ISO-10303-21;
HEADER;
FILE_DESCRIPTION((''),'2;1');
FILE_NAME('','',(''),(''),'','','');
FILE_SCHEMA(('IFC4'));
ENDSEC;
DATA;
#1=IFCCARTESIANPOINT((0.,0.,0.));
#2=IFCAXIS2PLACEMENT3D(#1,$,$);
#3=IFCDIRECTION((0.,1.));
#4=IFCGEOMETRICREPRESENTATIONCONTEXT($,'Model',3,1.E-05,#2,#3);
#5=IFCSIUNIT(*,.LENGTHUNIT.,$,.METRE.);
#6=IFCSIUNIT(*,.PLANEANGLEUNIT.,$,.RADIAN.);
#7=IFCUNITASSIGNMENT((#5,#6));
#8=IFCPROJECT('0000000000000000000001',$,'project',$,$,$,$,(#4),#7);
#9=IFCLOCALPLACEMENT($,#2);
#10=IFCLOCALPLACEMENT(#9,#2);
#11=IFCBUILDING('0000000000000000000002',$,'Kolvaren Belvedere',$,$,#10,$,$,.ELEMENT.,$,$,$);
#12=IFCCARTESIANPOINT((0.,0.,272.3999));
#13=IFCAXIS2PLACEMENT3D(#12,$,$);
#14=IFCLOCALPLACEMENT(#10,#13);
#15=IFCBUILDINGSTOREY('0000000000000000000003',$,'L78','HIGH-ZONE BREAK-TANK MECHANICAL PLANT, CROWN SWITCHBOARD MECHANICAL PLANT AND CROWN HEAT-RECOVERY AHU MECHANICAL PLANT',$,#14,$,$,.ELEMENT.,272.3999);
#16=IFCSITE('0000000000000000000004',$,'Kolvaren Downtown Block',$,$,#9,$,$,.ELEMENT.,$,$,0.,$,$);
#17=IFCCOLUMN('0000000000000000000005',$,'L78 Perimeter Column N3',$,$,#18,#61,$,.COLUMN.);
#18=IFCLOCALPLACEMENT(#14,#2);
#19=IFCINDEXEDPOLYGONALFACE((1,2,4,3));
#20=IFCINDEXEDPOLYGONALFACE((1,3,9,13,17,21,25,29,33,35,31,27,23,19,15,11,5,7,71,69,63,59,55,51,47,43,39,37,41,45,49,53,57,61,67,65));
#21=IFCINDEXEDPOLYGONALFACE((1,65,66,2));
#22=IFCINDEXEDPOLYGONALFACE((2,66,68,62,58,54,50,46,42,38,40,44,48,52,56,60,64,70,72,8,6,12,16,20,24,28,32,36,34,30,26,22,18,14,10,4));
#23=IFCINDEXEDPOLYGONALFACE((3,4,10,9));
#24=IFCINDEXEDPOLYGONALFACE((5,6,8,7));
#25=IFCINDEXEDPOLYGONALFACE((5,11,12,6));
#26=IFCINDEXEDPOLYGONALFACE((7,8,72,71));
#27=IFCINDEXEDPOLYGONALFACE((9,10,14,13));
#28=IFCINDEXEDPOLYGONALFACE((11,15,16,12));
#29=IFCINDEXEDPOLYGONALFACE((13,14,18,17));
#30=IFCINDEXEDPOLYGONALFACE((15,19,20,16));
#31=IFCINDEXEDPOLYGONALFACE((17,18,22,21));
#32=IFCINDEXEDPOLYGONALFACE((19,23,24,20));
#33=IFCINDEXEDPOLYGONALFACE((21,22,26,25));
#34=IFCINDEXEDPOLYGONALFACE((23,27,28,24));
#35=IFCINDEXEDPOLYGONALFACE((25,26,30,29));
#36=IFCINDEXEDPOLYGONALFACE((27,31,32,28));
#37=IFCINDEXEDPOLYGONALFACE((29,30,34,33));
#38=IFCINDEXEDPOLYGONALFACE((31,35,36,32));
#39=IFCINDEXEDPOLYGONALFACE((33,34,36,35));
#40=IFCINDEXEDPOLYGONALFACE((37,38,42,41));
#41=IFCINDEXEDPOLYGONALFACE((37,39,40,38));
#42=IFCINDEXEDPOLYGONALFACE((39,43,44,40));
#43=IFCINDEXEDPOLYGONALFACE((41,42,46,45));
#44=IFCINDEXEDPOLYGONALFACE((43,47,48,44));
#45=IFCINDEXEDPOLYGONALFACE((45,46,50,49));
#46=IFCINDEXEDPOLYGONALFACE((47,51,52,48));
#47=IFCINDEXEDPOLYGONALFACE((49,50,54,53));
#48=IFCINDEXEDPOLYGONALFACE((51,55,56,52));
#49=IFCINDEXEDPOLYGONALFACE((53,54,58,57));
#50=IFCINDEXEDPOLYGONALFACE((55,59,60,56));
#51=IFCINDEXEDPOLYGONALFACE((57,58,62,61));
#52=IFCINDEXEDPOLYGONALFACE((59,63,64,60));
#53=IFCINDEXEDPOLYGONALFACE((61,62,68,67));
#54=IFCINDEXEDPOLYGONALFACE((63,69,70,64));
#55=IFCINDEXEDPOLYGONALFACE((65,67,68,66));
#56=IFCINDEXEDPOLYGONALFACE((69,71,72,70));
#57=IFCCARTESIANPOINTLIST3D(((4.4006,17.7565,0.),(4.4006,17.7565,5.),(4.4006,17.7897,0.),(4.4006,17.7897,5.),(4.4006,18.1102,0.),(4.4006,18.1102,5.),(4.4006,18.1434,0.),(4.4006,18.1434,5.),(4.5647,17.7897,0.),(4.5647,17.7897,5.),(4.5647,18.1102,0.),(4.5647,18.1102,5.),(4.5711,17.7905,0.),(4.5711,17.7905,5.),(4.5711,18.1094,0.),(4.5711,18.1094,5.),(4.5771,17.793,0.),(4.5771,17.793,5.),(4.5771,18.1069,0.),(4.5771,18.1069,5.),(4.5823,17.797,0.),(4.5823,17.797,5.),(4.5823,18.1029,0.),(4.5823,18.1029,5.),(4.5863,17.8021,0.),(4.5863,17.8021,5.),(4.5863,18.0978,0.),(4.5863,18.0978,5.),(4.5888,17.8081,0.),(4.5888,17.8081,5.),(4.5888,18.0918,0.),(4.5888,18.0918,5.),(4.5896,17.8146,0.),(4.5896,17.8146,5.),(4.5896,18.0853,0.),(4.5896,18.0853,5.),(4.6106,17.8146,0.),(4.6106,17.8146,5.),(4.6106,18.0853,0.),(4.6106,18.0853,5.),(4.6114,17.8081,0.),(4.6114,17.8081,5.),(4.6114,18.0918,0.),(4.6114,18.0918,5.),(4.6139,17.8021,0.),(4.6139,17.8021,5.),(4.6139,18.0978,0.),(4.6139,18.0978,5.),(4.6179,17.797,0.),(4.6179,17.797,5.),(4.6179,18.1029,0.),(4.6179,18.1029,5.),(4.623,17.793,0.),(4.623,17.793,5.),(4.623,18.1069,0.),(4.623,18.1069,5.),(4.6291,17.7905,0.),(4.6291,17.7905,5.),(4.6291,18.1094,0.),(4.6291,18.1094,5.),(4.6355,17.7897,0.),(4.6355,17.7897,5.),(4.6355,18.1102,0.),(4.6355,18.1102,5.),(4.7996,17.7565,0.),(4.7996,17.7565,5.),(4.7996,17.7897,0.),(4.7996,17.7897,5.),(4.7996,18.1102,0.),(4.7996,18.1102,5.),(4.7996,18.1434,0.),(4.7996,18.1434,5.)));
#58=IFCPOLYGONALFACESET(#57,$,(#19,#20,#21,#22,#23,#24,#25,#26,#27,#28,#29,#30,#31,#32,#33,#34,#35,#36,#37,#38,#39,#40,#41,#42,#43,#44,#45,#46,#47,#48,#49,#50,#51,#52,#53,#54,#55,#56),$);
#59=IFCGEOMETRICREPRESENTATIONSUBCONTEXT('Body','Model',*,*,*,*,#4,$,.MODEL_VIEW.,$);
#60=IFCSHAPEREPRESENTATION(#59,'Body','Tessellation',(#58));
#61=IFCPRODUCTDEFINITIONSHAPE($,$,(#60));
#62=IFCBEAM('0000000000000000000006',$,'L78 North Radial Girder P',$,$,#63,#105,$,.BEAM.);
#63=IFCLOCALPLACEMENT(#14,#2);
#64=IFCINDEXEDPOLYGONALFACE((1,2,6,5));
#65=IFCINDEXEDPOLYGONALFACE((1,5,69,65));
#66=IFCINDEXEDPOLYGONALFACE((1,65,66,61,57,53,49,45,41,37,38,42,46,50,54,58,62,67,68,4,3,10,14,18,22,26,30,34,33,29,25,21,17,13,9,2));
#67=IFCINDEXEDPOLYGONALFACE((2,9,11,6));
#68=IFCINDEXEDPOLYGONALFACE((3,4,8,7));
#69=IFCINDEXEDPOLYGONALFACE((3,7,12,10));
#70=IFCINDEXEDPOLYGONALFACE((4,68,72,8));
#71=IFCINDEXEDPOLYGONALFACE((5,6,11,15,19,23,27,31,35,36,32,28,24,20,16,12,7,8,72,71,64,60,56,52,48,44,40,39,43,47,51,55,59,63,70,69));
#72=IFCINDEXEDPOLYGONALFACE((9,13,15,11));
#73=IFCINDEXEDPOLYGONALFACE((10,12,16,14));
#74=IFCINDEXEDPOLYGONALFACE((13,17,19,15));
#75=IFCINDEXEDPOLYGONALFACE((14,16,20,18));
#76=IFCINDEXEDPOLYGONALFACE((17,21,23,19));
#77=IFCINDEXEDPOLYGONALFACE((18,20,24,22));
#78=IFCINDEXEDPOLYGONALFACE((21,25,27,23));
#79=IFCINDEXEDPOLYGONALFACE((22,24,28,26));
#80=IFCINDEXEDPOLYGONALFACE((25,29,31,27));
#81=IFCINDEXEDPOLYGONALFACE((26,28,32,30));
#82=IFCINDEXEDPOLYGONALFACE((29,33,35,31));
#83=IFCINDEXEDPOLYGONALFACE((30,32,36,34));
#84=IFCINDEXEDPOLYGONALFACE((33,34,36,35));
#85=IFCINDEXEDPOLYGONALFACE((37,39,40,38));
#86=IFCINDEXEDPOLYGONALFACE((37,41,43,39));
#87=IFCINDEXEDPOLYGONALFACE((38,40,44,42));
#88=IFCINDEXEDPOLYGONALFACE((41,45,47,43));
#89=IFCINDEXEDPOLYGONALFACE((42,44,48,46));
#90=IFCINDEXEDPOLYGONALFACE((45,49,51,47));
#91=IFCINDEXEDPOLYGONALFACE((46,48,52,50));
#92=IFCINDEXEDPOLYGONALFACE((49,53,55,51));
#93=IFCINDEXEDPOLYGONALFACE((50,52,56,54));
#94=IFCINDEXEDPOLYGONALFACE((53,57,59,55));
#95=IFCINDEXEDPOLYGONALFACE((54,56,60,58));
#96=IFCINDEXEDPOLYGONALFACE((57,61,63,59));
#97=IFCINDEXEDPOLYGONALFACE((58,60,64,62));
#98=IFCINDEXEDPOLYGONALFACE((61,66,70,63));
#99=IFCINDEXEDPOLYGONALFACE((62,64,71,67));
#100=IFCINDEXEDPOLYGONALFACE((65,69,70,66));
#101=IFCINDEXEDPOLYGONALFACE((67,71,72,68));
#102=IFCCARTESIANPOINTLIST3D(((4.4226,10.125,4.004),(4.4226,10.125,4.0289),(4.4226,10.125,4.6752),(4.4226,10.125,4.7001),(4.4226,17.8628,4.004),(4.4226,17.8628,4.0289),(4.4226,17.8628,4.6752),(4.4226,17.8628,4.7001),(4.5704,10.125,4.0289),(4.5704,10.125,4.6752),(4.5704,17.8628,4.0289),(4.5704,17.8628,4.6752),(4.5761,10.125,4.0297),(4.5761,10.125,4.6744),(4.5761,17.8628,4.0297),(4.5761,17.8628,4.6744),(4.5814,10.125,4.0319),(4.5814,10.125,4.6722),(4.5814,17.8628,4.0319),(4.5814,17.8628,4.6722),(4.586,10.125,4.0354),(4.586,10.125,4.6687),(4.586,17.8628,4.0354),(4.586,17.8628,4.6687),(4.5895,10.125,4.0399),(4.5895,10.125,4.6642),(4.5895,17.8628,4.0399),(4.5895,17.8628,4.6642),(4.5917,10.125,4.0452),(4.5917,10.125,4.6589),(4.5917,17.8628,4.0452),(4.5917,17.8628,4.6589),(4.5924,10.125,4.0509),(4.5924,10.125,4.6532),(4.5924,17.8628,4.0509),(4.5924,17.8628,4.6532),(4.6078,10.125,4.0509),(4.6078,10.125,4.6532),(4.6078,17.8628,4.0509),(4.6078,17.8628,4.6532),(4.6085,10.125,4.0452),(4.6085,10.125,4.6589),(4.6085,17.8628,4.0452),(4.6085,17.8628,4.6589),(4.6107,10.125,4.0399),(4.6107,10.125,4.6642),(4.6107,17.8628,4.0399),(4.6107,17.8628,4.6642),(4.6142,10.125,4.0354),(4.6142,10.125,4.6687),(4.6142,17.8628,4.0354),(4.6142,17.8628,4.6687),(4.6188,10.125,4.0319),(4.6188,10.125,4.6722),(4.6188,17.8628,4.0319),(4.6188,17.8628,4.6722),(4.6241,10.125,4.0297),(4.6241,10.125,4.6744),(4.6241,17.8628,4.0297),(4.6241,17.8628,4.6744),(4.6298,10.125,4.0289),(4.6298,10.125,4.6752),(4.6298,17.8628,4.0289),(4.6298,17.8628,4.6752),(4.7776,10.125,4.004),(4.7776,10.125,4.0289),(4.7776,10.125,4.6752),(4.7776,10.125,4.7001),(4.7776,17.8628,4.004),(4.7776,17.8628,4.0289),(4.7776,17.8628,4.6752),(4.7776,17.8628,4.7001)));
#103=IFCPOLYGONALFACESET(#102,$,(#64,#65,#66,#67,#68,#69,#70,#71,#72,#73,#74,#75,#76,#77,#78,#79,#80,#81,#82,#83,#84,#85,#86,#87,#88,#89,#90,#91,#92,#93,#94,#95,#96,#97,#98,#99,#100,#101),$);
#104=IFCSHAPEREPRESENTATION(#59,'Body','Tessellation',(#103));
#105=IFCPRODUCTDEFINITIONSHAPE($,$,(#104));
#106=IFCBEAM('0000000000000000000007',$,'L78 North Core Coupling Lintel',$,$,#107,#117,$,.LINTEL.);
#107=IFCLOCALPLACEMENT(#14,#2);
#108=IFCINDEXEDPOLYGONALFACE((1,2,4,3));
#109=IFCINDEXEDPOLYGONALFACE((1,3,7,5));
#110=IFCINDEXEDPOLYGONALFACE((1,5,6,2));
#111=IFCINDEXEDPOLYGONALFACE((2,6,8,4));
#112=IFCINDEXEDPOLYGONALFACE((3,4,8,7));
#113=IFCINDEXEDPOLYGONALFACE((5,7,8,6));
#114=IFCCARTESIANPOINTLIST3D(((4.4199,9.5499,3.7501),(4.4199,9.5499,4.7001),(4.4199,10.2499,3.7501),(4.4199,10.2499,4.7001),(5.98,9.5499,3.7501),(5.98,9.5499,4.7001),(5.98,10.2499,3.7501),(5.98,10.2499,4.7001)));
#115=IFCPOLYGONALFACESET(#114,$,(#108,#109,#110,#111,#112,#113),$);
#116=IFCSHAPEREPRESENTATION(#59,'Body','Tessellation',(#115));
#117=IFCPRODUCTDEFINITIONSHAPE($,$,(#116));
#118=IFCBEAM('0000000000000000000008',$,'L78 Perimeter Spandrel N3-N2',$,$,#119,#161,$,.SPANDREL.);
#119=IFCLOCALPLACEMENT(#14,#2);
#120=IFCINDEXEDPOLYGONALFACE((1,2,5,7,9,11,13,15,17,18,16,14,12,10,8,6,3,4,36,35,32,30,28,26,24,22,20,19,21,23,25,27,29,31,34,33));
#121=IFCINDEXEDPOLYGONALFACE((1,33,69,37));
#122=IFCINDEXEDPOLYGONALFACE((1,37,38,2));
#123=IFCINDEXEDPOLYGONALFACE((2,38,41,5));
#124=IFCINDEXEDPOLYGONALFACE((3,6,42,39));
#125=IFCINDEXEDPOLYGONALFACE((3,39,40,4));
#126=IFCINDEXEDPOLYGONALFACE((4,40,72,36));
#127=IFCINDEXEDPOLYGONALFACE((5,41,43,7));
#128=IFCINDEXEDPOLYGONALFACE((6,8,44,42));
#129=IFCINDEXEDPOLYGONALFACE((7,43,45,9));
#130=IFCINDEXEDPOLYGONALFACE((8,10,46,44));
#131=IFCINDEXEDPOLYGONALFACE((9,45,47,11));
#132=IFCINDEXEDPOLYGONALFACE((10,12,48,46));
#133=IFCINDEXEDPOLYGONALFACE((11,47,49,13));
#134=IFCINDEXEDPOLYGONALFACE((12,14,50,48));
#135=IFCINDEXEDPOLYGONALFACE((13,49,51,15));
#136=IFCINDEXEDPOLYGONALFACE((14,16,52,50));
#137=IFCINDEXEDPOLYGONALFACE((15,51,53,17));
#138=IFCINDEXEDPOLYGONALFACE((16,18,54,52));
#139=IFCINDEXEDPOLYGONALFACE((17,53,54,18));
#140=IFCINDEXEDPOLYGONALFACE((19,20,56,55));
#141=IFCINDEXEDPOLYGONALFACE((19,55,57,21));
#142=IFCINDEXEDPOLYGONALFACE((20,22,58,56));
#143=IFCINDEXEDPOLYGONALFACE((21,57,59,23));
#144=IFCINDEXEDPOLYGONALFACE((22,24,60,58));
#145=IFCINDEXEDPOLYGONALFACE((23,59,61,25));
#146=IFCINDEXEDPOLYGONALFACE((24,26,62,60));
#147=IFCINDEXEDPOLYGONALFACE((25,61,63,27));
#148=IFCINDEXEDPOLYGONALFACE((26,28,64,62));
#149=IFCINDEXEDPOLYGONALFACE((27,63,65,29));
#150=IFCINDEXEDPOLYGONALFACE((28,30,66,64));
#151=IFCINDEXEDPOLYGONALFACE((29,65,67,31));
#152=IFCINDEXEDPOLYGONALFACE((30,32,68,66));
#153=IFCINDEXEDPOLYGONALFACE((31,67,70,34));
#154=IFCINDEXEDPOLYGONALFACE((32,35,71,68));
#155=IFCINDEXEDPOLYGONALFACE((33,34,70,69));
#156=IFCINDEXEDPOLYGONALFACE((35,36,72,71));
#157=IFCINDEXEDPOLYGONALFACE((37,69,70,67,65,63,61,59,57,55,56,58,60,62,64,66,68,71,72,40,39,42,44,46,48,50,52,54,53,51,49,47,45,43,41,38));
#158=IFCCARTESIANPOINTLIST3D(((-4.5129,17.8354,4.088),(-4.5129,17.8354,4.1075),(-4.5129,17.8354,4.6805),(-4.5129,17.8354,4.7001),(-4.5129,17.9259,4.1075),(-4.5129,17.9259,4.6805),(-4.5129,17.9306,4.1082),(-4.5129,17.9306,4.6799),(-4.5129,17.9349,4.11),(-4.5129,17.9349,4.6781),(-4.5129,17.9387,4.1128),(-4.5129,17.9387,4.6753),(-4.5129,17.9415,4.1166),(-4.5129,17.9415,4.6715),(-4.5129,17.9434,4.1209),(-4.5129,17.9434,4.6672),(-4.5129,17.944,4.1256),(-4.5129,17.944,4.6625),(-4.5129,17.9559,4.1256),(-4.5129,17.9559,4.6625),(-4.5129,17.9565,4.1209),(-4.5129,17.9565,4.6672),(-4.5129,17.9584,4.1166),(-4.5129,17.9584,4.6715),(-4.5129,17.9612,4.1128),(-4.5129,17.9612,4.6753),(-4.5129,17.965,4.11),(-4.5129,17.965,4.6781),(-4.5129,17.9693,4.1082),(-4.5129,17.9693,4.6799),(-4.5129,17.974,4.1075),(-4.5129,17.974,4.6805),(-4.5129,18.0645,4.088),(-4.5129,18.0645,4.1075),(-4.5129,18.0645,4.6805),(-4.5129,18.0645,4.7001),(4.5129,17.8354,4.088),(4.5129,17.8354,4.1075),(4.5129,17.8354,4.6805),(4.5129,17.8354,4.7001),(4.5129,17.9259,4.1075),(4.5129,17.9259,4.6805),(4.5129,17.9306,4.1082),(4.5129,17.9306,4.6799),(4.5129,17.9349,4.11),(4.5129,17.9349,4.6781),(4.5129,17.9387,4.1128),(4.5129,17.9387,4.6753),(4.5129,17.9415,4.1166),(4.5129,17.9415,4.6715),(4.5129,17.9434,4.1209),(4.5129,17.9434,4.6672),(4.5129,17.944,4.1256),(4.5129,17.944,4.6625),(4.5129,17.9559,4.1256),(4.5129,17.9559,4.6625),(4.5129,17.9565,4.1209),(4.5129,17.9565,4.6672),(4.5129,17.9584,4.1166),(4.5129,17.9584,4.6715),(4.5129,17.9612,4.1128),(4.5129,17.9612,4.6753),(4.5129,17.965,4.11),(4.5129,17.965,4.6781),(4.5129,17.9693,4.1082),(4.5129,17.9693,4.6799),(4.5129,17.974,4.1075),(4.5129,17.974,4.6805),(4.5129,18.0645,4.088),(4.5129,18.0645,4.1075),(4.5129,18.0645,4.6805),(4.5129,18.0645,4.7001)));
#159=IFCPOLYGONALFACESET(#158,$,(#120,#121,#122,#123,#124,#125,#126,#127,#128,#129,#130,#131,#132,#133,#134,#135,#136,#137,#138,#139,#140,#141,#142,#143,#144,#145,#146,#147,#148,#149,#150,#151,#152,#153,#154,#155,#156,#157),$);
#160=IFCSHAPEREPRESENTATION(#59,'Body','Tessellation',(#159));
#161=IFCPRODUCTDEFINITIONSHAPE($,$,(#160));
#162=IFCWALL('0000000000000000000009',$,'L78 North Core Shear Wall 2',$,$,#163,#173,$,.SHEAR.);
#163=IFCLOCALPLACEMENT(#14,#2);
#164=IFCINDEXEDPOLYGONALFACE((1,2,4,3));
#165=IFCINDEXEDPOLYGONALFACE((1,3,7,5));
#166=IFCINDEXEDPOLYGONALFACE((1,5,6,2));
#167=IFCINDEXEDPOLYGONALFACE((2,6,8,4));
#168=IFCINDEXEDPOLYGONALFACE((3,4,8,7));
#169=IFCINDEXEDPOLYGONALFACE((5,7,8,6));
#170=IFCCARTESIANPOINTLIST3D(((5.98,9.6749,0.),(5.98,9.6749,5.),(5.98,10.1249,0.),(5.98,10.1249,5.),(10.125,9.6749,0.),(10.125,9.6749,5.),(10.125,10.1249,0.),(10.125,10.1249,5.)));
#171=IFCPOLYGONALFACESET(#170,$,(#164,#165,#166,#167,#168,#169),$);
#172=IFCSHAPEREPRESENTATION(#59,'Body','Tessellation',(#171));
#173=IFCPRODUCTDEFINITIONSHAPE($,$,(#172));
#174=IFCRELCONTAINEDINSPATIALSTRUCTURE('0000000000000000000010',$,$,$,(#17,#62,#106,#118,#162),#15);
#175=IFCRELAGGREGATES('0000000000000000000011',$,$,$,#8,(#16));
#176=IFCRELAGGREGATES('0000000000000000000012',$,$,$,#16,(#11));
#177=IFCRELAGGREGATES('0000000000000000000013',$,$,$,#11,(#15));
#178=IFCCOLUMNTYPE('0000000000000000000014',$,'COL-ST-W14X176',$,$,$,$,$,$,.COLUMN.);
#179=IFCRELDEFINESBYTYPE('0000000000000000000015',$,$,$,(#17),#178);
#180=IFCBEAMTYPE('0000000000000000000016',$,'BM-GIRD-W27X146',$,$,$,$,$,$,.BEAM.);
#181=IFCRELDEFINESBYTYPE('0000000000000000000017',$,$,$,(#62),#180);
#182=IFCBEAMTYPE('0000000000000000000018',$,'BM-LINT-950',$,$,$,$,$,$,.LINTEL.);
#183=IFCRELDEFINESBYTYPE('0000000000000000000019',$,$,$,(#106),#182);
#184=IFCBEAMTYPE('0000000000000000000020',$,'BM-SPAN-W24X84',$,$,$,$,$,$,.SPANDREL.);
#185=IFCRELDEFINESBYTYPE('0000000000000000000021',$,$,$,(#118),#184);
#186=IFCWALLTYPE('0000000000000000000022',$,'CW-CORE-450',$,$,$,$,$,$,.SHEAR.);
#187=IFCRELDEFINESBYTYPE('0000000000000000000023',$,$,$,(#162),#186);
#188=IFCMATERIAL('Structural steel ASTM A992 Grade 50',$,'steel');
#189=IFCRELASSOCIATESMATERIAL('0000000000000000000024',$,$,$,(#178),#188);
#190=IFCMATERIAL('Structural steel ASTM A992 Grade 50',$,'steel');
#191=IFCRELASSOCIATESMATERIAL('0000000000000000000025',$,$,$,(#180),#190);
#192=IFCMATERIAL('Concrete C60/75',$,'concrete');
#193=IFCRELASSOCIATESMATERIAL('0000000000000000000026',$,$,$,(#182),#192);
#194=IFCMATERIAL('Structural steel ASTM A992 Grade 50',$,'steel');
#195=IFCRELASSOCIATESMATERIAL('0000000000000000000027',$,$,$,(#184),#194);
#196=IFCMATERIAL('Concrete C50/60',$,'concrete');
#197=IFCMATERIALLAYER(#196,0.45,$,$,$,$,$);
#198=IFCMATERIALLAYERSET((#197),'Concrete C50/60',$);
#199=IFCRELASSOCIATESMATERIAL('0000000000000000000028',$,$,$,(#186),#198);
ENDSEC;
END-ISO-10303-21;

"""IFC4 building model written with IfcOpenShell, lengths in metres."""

from ifc_helpers import new_model, si_unit, direction, frame, frame_2d, origin, origin_2d, place, context, subcontext, project, spatial, rectangle, i_section, extrude, material, layer, layer_set, material_profile, profile_set, type_object, element, save


model = new_model("IFC4")

# Units and contexts
model_context = context("Model", 3, precision=1e-05, world=origin(), true_north=direction((0.0, 1.0)))
body_context = subcontext(model_context, "Body", "Model", "MODEL_VIEW")
ifc_project = project(units=[si_unit("LENGTHUNIT", "METRE"), si_unit("PLANEANGLEUNIT", "RADIAN")], contexts=[model_context])

# Site, building, storey
site_placement = place(None, origin())
site = spatial("IfcSite", under=ifc_project, at=site_placement, Name="Kolvaren Downtown Block", CompositionType="ELEMENT", RefElevation=0.0)
building_placement = place(site_placement, origin())
building = spatial("IfcBuilding", under=site, at=building_placement, Name="Kolvaren Belvedere", CompositionType="ELEMENT")
storey_placement = place(building_placement, frame((0.0, 0.0, 272.3999)))
storey = spatial("IfcBuildingStorey", under=building, at=storey_placement, Name="L78", Description="HIGH-ZONE BREAK-TANK MECHANICAL PLANT, CROWN SWITCHBOARD MECHANICAL PLANT AND CROWN HEAT-RECOVERY AHU MECHANICAL PLANT", CompositionType="ELEMENT", Elevation=272.3999)

# Column
ifc_material_1 = material(Name="Structural steel ASTM A992 Grade 50", Category="steel")
ifc_material_profile_1 = material_profile(ifc_material_1, i_section(OverallWidth=0.3989, OverallDepth=0.387, WebThickness=0.021, FlangeThickness=0.0332, FilletRadius=0.0249, at=origin_2d()), Name="W14X176")
ifc_profile_set_1 = profile_set([ifc_material_profile_1], Name="Structural steel ASTM A992 Grade 50")
column_type = type_object("IfcColumnType", Name="COL-ST-W14X176", PredefinedType="COLUMN", material=ifc_profile_set_1)
column_placement = place(storey_placement, frame((4.6001, 17.95, 0.0), z_axis=(0.0, 0.0, 1.0), x_axis=(1.0, 0.0, 0.0)))
element("IfcColumn", 1, at=column_placement, inside=storey, type_object=column_type, Name="L78 Perimeter Column N3", PredefinedType="COLUMN", context=body_context, shape_type="SweptSolid", body=[
    extrude(i_section(OverallWidth=0.3989, OverallDepth=0.387, WebThickness=0.021, FlangeThickness=0.0332, FilletRadius=0.0249, at=origin_2d()), origin(), (0.0, 0.0, 1.0), 5.0),
])

# Beams
ifc_material_2 = material(Name="Structural steel ASTM A992 Grade 50", Category="steel")
ifc_material_profile_2 = material_profile(ifc_material_2, i_section(OverallWidth=0.355, OverallDepth=0.696, WebThickness=0.0154, FlangeThickness=0.0249, FilletRadius=0.022, at=origin_2d()), Name="W27X146")
ifc_profile_set_2 = profile_set([ifc_material_profile_2], Name="Structural steel ASTM A992 Grade 50")
beam_type_1 = type_object("IfcBeamType", Name="BM-GIRD-W27X146", PredefinedType="BEAM", material=ifc_profile_set_2)
beam_1_placement = place(storey_placement, frame((4.6001, 10.125, 4.3521), z_axis=(0.0, 1.0, 0.0), x_axis=(-1.0, 0.0, 0.0)))
element("IfcBeam", 2, at=beam_1_placement, inside=storey, type_object=beam_type_1, Name="L78 North Radial Girder P", PredefinedType="BEAM", context=body_context, shape_type="SweptSolid", body=[
    extrude(i_section(OverallWidth=0.355, OverallDepth=0.696, WebThickness=0.0154, FlangeThickness=0.0249, FilletRadius=0.022, at=origin_2d()), origin(), (0.0, 0.0, 1.0), 7.7378),
])
ifc_material_3 = material(Name="Concrete C60/75", Category="concrete")
ifc_material_profile_3 = material_profile(ifc_material_3, rectangle(XDim=0.7, YDim=0.95, at=origin_2d()), Name="RC 700X950")
ifc_profile_set_3 = profile_set([ifc_material_profile_3], Name="Concrete C60/75")
beam_type_2 = type_object("IfcBeamType", Name="BM-LINT-950", PredefinedType="LINTEL", material=ifc_profile_set_3)
beam_2_placement = place(storey_placement, frame((4.4199, 9.8999, 4.2251), z_axis=(1.0, 0.0, 0.0), x_axis=(0.0, 1.0, 0.0)))
element("IfcBeam", 3, at=beam_2_placement, inside=storey, type_object=beam_type_2, Name="L78 North Core Coupling Lintel", PredefinedType="LINTEL", context=body_context, shape_type="SweptSolid", body=[
    extrude(rectangle(XDim=0.7, YDim=0.95, at=origin_2d()), origin(), (0.0, 0.0, 1.0), 1.5601),
])
ifc_material_4 = material(Name="Structural steel ASTM A992 Grade 50", Category="steel")
ifc_material_profile_4 = material_profile(ifc_material_4, i_section(OverallWidth=0.229, OverallDepth=0.6121, WebThickness=0.012, FlangeThickness=0.0195, FilletRadius=0.0181, at=origin_2d()), Name="W24X84")
ifc_profile_set_4 = profile_set([ifc_material_profile_4], Name="Structural steel ASTM A992 Grade 50")
beam_type_3 = type_object("IfcBeamType", Name="BM-SPAN-W24X84", PredefinedType="SPANDREL", material=ifc_profile_set_4)
beam_3_placement = place(storey_placement, frame((4.5129, 17.95, 4.394), z_axis=(-1.0, 0.0, 0.0), x_axis=(0.0, -1.0, 0.0)))
element("IfcBeam", 4, at=beam_3_placement, inside=storey, type_object=beam_type_3, Name="L78 Perimeter Spandrel N3-N2", PredefinedType="SPANDREL", context=body_context, shape_type="SweptSolid", body=[
    extrude(i_section(OverallWidth=0.229, OverallDepth=0.6121, WebThickness=0.012, FlangeThickness=0.0195, FilletRadius=0.0181, at=origin_2d()), origin(), (0.0, 0.0, 1.0), 9.0259),
])

# Wall
ifc_material_5 = material(Name="Concrete C50/60", Category="concrete")
ifc_layer_1 = layer(ifc_material_5, 0.45)
ifc_layer_set_1 = layer_set([ifc_layer_1], Name="Concrete C50/60")
wall_type_1 = type_object("IfcWallType", Name="CW-CORE-450", PredefinedType="SHEAR", material=ifc_layer_set_1)
wall_1_placement = place(storey_placement, frame((5.98, 9.8999, 0.0), z_axis=(0.0, 0.0, 1.0), x_axis=(1.0, 0.0, 0.0)))
element("IfcWall", 5, at=wall_1_placement, inside=storey, type_object=wall_type_1, Name="L78 North Core Shear Wall 2", PredefinedType="SHEAR", context=body_context, shape_type="SweptSolid", body=[
    extrude(rectangle(XDim=4.145, YDim=0.45, at=frame_2d((2.0725, 0.0))), origin(), (0.0, 0.0, 1.0), 5.0),
])

save(model, "model.ifc")
